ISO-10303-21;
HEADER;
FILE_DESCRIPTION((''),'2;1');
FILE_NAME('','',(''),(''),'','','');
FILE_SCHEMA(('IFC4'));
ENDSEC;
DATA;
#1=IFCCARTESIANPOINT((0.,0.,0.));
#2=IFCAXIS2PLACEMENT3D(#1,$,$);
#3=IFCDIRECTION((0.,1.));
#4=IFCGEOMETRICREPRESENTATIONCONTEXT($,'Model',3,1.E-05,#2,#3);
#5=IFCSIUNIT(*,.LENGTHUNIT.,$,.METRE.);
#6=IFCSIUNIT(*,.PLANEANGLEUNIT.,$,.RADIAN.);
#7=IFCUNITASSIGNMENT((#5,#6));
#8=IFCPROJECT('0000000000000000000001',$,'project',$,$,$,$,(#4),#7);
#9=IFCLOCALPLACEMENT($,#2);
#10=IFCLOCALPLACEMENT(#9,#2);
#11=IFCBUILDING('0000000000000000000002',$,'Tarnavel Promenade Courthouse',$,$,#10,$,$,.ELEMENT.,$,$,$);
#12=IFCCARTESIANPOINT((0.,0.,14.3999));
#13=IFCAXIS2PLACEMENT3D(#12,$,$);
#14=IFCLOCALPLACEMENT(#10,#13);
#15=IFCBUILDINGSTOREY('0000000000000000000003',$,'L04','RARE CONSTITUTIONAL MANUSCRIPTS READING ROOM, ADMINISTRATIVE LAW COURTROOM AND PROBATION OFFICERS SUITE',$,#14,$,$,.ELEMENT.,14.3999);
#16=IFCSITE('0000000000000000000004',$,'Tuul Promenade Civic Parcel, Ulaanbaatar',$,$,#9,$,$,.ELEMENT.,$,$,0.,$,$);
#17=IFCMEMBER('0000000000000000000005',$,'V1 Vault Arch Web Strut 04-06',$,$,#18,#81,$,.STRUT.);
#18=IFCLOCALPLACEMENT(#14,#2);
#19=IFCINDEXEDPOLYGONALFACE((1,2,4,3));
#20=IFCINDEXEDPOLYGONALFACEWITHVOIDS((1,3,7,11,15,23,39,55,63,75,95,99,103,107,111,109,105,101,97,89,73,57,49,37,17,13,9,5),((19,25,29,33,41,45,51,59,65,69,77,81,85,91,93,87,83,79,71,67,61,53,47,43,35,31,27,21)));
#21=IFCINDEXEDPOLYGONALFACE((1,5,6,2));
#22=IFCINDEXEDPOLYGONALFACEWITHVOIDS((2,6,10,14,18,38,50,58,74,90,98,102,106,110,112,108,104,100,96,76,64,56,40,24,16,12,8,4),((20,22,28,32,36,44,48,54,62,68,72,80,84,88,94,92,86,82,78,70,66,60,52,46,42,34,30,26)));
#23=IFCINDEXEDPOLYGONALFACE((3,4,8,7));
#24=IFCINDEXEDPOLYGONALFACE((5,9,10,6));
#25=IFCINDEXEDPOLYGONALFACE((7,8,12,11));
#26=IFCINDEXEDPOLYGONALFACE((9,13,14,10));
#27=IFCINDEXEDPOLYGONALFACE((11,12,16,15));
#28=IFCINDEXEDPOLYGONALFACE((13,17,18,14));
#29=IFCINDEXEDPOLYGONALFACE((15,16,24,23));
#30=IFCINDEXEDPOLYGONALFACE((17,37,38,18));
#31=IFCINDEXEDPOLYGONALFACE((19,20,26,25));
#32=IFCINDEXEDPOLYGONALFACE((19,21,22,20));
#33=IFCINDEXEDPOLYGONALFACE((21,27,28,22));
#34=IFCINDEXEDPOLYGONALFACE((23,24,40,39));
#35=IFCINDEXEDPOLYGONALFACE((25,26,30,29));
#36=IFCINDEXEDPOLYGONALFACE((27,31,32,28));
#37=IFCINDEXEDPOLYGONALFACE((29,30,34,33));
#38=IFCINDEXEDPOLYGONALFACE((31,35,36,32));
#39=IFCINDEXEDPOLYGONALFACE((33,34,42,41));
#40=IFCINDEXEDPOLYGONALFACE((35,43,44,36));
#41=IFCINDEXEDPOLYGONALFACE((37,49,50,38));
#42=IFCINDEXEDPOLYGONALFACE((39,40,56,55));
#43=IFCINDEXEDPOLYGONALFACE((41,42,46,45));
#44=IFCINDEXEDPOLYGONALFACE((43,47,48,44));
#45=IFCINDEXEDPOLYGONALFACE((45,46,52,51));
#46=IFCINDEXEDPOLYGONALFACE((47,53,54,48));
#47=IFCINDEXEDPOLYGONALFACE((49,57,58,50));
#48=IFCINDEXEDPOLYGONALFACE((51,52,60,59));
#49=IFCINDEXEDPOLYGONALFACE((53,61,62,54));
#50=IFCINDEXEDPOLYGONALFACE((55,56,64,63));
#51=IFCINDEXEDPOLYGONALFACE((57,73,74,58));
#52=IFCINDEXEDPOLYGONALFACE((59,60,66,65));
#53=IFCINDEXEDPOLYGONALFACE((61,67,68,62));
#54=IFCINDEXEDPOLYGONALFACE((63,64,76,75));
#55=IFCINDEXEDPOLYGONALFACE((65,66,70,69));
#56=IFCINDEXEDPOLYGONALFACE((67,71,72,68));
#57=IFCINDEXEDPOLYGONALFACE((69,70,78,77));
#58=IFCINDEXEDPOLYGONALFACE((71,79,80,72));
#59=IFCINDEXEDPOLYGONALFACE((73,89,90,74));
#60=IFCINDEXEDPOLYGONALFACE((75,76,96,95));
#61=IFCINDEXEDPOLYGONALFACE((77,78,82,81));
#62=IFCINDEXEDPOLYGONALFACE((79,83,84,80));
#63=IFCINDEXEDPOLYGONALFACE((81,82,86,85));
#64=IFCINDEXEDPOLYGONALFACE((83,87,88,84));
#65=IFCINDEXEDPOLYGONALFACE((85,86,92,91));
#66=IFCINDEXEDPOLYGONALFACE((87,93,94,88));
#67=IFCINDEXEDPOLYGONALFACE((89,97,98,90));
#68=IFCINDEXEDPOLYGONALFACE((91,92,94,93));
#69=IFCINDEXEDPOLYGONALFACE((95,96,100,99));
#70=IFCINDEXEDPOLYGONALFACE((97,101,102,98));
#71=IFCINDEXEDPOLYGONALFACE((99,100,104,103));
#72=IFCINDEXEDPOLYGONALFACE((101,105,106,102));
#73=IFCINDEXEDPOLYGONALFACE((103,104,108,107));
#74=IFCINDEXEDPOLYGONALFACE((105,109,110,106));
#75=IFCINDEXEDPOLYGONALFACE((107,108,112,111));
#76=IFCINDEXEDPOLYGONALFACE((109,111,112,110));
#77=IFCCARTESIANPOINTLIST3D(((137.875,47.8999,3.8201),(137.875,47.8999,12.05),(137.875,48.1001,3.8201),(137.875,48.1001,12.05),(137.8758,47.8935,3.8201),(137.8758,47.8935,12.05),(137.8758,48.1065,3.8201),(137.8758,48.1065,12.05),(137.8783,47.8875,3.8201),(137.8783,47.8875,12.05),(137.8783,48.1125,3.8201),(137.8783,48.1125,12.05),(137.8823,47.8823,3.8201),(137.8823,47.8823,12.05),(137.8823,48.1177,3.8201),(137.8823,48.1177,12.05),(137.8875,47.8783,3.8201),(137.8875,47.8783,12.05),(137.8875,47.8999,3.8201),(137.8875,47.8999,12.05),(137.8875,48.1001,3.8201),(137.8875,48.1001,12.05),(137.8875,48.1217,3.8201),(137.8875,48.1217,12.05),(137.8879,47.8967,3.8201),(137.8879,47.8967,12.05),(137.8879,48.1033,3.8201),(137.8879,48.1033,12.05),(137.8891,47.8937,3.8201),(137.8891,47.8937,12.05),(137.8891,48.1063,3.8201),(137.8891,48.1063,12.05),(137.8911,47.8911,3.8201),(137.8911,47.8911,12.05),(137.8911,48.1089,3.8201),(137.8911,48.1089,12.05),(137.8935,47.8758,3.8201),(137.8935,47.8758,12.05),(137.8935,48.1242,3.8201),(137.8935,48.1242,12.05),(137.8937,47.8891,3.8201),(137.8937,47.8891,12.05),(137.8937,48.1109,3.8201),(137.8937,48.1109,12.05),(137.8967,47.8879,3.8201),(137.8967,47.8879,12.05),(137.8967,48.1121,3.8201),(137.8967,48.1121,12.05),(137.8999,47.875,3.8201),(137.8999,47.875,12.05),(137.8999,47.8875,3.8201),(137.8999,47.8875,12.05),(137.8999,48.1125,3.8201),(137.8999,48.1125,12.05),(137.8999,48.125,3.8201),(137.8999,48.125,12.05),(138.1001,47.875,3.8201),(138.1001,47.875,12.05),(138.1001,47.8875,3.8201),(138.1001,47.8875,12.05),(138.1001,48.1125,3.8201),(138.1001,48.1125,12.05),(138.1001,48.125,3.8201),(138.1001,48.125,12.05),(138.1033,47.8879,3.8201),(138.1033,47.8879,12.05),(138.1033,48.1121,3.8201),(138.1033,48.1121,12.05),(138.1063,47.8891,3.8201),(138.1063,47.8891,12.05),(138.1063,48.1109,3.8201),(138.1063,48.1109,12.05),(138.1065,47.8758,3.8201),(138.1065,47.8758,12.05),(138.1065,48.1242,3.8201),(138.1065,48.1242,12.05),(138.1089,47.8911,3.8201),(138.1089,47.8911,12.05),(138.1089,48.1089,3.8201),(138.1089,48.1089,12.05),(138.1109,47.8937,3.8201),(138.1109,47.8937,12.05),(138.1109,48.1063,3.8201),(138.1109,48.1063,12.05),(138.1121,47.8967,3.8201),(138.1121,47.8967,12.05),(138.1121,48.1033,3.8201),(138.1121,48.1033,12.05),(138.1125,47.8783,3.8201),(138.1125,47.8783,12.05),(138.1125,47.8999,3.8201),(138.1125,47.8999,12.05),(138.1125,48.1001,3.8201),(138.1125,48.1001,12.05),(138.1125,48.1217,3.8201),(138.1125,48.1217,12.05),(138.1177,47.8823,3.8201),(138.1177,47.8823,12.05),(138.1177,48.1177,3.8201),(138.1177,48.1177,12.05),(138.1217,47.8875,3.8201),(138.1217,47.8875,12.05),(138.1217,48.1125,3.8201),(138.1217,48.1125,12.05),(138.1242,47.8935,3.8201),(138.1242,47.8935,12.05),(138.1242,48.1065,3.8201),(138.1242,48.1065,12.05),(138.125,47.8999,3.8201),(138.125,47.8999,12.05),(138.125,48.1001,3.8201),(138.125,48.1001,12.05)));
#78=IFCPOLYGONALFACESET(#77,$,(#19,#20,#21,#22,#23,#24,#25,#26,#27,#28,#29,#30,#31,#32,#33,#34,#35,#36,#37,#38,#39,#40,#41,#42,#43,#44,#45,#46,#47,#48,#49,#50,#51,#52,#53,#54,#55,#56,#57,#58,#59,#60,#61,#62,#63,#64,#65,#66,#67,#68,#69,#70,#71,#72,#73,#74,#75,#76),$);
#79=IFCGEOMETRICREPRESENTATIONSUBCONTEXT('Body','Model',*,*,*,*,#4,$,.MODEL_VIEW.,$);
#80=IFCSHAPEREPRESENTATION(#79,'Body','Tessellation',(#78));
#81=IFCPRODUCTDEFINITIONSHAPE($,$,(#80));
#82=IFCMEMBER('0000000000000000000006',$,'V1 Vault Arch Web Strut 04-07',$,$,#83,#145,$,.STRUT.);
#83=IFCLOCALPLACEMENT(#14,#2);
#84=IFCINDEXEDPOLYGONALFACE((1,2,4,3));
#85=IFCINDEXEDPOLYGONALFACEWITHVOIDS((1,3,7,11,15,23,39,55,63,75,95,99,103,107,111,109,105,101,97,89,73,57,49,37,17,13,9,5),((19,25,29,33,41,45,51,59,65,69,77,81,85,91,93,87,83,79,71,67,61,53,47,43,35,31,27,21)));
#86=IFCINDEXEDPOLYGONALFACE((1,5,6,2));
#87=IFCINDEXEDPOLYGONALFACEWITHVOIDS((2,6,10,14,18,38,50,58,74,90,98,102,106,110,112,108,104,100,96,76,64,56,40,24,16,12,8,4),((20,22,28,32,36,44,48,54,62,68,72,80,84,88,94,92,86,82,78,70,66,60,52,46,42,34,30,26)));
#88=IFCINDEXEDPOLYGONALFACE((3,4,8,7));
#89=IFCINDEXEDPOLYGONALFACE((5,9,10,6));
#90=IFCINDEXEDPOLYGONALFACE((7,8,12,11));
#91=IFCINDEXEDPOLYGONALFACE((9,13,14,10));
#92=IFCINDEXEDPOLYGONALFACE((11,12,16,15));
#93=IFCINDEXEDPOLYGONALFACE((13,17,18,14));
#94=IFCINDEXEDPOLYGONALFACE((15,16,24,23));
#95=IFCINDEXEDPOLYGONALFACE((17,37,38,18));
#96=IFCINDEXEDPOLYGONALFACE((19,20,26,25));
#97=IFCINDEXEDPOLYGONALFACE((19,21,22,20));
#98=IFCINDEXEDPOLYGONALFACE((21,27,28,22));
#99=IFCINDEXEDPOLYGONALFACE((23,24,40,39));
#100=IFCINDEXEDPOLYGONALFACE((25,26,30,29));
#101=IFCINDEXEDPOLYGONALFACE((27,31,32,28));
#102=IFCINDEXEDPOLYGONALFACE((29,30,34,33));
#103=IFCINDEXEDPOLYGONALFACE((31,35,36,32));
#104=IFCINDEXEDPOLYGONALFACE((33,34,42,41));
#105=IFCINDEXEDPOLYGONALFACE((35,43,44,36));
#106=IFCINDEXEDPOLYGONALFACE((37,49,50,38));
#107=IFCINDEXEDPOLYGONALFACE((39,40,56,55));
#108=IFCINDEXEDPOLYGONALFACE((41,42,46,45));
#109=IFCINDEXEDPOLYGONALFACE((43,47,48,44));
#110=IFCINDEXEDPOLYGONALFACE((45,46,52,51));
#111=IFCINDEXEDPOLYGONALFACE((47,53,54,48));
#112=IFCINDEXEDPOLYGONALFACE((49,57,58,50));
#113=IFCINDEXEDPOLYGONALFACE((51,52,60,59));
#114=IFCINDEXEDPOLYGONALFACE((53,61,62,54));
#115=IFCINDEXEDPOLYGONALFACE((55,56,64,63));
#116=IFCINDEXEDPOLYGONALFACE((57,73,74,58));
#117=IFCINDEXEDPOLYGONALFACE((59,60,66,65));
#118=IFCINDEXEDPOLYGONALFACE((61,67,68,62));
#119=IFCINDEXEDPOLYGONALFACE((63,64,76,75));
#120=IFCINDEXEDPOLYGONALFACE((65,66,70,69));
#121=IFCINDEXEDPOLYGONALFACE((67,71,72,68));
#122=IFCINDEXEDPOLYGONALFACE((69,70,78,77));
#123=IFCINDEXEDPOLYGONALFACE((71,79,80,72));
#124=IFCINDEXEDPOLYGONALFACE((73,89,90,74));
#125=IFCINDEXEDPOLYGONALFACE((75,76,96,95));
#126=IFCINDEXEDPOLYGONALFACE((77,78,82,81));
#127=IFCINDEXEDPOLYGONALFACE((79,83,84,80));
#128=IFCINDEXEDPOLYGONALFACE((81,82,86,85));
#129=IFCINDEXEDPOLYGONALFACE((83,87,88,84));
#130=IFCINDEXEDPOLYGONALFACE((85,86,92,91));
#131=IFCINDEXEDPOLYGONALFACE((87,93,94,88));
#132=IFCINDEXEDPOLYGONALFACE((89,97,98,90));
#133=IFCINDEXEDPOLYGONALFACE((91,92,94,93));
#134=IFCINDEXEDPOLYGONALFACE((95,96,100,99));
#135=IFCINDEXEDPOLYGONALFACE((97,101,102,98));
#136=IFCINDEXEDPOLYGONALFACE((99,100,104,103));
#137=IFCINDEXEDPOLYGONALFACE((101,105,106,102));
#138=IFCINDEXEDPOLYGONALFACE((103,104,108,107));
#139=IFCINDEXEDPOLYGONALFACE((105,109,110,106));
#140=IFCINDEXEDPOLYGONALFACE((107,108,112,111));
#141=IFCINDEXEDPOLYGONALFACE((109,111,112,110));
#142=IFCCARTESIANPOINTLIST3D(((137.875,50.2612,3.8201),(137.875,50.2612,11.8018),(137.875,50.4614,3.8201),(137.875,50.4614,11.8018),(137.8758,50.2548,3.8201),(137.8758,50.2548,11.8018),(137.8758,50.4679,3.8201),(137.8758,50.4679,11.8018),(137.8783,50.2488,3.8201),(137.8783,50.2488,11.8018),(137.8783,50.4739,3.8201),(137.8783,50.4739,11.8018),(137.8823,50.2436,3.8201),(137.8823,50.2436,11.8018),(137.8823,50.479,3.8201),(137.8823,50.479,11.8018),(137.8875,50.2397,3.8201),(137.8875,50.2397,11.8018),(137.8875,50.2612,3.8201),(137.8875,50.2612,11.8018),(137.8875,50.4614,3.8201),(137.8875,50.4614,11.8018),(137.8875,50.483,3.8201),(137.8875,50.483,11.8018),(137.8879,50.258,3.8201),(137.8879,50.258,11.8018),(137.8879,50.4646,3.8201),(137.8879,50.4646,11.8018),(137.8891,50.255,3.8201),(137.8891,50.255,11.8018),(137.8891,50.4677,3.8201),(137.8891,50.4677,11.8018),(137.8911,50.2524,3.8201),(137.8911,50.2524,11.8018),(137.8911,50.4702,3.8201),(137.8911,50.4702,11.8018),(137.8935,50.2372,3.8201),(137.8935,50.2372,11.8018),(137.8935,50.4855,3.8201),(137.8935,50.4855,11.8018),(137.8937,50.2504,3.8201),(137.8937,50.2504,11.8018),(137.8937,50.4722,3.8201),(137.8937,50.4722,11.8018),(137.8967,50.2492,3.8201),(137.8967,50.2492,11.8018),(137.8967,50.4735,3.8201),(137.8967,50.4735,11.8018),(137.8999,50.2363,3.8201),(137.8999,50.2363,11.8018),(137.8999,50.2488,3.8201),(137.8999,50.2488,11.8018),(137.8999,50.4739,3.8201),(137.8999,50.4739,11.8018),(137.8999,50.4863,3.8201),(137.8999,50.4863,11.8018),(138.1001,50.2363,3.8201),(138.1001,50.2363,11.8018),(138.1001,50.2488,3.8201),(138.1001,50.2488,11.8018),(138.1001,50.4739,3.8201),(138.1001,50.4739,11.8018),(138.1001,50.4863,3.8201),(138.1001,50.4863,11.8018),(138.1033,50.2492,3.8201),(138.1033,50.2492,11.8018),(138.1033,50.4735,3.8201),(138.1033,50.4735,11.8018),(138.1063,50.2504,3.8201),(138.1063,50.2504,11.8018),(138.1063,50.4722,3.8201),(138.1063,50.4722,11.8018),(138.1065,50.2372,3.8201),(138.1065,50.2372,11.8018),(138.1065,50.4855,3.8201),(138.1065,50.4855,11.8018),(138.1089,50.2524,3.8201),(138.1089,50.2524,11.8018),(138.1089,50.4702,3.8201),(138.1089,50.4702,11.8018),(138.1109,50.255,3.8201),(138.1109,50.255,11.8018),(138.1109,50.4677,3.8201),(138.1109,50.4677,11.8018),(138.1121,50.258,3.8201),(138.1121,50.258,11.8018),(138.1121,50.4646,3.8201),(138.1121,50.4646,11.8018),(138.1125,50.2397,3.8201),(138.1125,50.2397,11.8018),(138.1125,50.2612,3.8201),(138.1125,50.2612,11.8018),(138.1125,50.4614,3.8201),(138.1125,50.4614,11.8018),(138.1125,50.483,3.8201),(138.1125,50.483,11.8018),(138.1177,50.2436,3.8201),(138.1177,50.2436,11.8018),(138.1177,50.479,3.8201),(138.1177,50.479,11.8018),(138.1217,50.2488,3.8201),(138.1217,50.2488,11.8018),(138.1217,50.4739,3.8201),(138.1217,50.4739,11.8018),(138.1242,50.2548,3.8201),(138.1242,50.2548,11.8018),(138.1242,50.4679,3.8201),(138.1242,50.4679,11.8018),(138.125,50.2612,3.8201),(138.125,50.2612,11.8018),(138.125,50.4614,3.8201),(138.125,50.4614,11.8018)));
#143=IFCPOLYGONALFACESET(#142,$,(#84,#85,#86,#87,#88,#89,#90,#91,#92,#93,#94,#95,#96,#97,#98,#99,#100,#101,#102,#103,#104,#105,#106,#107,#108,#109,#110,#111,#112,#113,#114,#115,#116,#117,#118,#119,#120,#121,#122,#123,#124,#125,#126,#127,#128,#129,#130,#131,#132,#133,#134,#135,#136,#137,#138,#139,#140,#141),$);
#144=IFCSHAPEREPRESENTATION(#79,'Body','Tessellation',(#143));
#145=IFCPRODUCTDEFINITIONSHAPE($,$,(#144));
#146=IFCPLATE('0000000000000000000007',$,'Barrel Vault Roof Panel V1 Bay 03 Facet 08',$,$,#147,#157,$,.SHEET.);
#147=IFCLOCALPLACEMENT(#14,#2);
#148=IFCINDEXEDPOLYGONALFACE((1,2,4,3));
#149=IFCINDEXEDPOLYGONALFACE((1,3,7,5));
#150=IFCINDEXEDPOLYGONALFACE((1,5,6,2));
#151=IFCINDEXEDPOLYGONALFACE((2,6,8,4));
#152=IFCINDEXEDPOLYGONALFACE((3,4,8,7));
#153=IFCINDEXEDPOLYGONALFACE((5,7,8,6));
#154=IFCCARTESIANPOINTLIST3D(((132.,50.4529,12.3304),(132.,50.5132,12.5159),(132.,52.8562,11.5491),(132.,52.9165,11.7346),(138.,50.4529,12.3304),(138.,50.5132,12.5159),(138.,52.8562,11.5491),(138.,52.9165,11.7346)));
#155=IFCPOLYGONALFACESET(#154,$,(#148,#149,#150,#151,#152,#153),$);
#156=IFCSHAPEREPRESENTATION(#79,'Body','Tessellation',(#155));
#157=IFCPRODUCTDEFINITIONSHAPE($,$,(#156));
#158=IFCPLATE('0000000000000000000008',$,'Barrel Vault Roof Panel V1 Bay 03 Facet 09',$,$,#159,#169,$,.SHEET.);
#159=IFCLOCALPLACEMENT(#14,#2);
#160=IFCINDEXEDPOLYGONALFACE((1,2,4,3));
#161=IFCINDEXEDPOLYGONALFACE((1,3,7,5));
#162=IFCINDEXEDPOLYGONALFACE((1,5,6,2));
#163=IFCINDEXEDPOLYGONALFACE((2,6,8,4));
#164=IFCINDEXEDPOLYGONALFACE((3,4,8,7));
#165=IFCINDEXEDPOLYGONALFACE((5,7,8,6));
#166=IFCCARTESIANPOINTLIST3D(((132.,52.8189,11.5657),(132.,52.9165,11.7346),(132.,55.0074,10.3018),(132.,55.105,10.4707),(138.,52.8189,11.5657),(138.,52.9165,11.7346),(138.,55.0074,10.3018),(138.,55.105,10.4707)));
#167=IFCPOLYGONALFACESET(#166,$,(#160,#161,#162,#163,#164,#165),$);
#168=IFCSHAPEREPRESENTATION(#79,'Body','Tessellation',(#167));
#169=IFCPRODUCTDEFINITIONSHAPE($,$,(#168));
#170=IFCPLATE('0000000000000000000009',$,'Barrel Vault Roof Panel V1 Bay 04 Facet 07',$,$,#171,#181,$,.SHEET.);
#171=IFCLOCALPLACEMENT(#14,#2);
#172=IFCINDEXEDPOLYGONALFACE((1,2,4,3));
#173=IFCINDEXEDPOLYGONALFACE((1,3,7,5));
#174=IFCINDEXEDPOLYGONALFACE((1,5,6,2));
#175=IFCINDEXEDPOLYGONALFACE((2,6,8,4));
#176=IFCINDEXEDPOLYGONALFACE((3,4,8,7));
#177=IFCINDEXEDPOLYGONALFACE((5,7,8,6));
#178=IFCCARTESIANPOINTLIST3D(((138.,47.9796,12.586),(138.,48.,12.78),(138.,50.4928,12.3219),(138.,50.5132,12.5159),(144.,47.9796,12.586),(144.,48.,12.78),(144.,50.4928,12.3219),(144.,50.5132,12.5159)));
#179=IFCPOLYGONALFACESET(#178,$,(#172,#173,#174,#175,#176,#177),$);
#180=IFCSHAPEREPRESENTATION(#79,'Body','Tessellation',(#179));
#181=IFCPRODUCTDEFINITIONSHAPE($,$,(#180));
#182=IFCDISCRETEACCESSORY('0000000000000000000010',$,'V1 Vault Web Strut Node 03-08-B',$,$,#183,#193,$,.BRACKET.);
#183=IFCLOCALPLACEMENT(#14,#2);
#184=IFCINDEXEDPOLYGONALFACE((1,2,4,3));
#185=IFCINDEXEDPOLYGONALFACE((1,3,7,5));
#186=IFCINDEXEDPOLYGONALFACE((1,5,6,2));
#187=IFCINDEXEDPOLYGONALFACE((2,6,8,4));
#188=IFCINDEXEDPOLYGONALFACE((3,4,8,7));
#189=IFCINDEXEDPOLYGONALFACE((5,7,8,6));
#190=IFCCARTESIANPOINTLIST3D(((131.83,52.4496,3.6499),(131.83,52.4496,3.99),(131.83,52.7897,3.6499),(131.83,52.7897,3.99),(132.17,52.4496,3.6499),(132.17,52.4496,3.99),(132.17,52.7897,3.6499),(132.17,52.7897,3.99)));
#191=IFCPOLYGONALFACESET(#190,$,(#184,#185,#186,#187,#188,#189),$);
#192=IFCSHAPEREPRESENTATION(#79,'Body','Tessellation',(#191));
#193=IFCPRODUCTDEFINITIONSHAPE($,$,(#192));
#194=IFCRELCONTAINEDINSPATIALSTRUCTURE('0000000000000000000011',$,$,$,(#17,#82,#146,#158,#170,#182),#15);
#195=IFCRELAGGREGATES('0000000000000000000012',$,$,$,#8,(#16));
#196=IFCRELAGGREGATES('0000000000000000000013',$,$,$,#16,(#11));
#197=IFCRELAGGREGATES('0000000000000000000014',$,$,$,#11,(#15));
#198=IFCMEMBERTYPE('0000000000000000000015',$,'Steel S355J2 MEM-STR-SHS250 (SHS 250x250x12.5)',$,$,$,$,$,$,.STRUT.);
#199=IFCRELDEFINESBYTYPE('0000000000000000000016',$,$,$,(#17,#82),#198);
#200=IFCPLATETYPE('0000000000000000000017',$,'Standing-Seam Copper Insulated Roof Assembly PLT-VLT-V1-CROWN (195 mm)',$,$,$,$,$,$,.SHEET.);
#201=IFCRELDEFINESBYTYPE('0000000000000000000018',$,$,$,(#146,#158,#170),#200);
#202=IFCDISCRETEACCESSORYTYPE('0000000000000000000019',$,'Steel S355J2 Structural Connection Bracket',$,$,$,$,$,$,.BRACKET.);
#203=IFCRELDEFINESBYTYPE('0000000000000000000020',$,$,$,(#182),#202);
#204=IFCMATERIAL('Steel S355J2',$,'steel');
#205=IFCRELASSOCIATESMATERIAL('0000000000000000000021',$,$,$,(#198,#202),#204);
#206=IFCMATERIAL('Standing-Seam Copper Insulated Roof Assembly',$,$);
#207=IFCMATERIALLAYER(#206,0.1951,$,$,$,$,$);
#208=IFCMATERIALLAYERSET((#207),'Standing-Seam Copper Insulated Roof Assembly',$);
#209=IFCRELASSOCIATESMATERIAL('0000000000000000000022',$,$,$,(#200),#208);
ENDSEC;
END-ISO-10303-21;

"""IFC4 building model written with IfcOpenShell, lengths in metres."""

from ifc_helpers import new_model, si_unit, direction, frame, origin, origin_2d, place, context, subcontext, project, spatial, polyline, rectangle, hollow_rectangle, outline, extrude, material, layer, layer_set, material_profile, profile_set, type_object, element, save


model = new_model("IFC4")

# Units and contexts
model_context = context("Model", 3, precision=1e-05, world=origin(), true_north=direction((0.0, 1.0)))
body_context = subcontext(model_context, "Body", "Model", "MODEL_VIEW")
ifc_project = project(units=[si_unit("LENGTHUNIT", "METRE"), si_unit("PLANEANGLEUNIT", "RADIAN")], contexts=[model_context])

# Site, building, storey
site_placement = place(None, origin())
site = spatial("IfcSite", under=ifc_project, at=site_placement, Name="Tuul Promenade Civic Parcel, Ulaanbaatar", CompositionType="ELEMENT", RefElevation=0.0)
building_placement = place(site_placement, origin())
building = spatial("IfcBuilding", under=site, at=building_placement, Name="Tarnavel Promenade Courthouse", CompositionType="ELEMENT")
storey_placement = place(building_placement, frame((0.0, 0.0, 14.3999)))
storey = spatial("IfcBuildingStorey", under=building, at=storey_placement, Name="L04", Description="RARE CONSTITUTIONAL MANUSCRIPTS READING ROOM, ADMINISTRATIVE LAW COURTROOM AND PROBATION OFFICERS SUITE", CompositionType="ELEMENT", Elevation=14.3999)

# Shared definitions
ifc_material_1 = material(Name="Steel S355J2", Category="steel")

# Members
ifc_material_profile_1 = material_profile(ifc_material_1, hollow_rectangle(XDim=0.25, YDim=0.25, WallThickness=0.0125, InnerFilletRadius=0.0125, OuterFilletRadius=0.0249, at=origin_2d()), Name="SHS 250x250x12.5")
ifc_profile_set_1 = profile_set([ifc_material_profile_1], Name="Steel S355J2")
member_type_1 = type_object("IfcMemberType", Name="Steel S355J2 MEM-STR-SHS250 (SHS 250x250x12.5)", PredefinedType="STRUT", material=ifc_profile_set_1)
member_1_placement = place(storey_placement, frame((138.0, 48.0, 3.8201), z_axis=(0.0, 0.0, 1.0), x_axis=(1.0, 0.0, 0.0)))
element("IfcMember", 1, at=member_1_placement, inside=storey, type_object=member_type_1, Name="V1 Vault Arch Web Strut 04-06", PredefinedType="STRUT", context=body_context, shape_type="SweptSolid", body=[
    extrude(hollow_rectangle(XDim=0.25, YDim=0.25, WallThickness=0.0125, InnerFilletRadius=0.0125, OuterFilletRadius=0.0249, at=origin_2d()), origin(), (0.0, 0.0, 1.0), 8.23),
])
member_2_placement = place(storey_placement, frame((138.0, 50.3613, 3.8201), z_axis=(0.0, 0.0, 1.0), x_axis=(1.0, 0.0, 0.0)))
element("IfcMember", 2, at=member_2_placement, inside=storey, type_object=member_type_1, Name="V1 Vault Arch Web Strut 04-07", PredefinedType="STRUT", context=body_context, shape_type="SweptSolid", body=[
    extrude(hollow_rectangle(XDim=0.25, YDim=0.25, WallThickness=0.0125, InnerFilletRadius=0.0125, OuterFilletRadius=0.0249, at=origin_2d()), origin(), (0.0, 0.0, 1.0), 7.9817),
])

# Plates
ifc_material_2 = material(Name="Standing-Seam Copper Insulated Roof Assembly")
ifc_layer = layer(ifc_material_2, 0.1951)
ifc_layer_set = layer_set([ifc_layer], Name="Standing-Seam Copper Insulated Roof Assembly")
plate_type = type_object("IfcPlateType", Name="Standing-Seam Copper Insulated Roof Assembly PLT-VLT-V1-CROWN (195 mm)", PredefinedType="SHEET", material=ifc_layer_set)
plate_1_placement = place(storey_placement, frame((132.0, 50.5132, 12.5159), z_axis=(0.0, 0.309147, 0.951014), x_axis=(1.0, 0.0, 0.0)))
element("IfcPlate", 3, at=plate_1_placement, inside=storey, type_object=plate_type, Name="Barrel Vault Roof Panel V1 Bay 03 Facet 08", PredefinedType="SHEET", context=body_context, shape_type="SweptSolid", body=[
    extrude(outline(polyline([(0.0, 0.0), (6.0, 0.0), (6.0, 2.5271), (0.0, 2.5271), (0.0, 0.0)])), origin(), (0.0, 0.0, -1.0), 0.1951),
])
plate_2_placement = place(storey_placement, frame((132.0, 52.9165, 11.7346), z_axis=(0.0, 0.500118, 0.865957), x_axis=(1.0, 0.0, 0.0)))
element("IfcPlate", 4, at=plate_2_placement, inside=storey, type_object=plate_type, Name="Barrel Vault Roof Panel V1 Bay 03 Facet 09", PredefinedType="SHEET", context=body_context, shape_type="SweptSolid", body=[
    extrude(outline(polyline([(0.0, 0.0), (6.0, 0.0), (6.0, 2.5272), (0.0, 2.5272), (0.0, 0.0)])), origin(), (0.0, 0.0, -1.0), 0.1951),
])
plate_3_placement = place(storey_placement, frame((138.0, 48.0, 12.78), z_axis=(0.0, 0.104534, 0.994521), x_axis=(1.0, 0.0, 0.0)))
element("IfcPlate", 5, at=plate_3_placement, inside=storey, type_object=plate_type, Name="Barrel Vault Roof Panel V1 Bay 04 Facet 07", PredefinedType="SHEET", context=body_context, shape_type="SweptSolid", body=[
    extrude(outline(polyline([(0.0, 0.0), (6.0, 0.0), (6.0, 2.527), (0.0, 2.527), (0.0, 0.0)])), origin(), (0.0, 0.0, -1.0), 0.1951),
])

# Discrete accessory
discrete_accessory_type = type_object("IfcDiscreteAccessoryType", Name="Steel S355J2 Structural Connection Bracket", PredefinedType="BRACKET", material=ifc_material_1)
for number, where, z_axis, x_axis, name in (
    (6, (132.0, 52.6196, 3.6499), (0.0, 0.0, 1.0), (1.0, 0.0, 0.0), "V1 Vault Web Strut Node 03-08-B"),
):
    element("IfcDiscreteAccessory", number, at=place(storey_placement, frame(where, z_axis=z_axis, x_axis=x_axis)), inside=storey, type_object=discrete_accessory_type, Name=name, PredefinedType="BRACKET", context=body_context, shape_type="SweptSolid", body=[
        extrude(rectangle(XDim=0.3401, YDim=0.3401, at=origin_2d()), origin(), (0.0, 0.0, 1.0), 0.3401),
    ])

save(model, "model.ifc")
